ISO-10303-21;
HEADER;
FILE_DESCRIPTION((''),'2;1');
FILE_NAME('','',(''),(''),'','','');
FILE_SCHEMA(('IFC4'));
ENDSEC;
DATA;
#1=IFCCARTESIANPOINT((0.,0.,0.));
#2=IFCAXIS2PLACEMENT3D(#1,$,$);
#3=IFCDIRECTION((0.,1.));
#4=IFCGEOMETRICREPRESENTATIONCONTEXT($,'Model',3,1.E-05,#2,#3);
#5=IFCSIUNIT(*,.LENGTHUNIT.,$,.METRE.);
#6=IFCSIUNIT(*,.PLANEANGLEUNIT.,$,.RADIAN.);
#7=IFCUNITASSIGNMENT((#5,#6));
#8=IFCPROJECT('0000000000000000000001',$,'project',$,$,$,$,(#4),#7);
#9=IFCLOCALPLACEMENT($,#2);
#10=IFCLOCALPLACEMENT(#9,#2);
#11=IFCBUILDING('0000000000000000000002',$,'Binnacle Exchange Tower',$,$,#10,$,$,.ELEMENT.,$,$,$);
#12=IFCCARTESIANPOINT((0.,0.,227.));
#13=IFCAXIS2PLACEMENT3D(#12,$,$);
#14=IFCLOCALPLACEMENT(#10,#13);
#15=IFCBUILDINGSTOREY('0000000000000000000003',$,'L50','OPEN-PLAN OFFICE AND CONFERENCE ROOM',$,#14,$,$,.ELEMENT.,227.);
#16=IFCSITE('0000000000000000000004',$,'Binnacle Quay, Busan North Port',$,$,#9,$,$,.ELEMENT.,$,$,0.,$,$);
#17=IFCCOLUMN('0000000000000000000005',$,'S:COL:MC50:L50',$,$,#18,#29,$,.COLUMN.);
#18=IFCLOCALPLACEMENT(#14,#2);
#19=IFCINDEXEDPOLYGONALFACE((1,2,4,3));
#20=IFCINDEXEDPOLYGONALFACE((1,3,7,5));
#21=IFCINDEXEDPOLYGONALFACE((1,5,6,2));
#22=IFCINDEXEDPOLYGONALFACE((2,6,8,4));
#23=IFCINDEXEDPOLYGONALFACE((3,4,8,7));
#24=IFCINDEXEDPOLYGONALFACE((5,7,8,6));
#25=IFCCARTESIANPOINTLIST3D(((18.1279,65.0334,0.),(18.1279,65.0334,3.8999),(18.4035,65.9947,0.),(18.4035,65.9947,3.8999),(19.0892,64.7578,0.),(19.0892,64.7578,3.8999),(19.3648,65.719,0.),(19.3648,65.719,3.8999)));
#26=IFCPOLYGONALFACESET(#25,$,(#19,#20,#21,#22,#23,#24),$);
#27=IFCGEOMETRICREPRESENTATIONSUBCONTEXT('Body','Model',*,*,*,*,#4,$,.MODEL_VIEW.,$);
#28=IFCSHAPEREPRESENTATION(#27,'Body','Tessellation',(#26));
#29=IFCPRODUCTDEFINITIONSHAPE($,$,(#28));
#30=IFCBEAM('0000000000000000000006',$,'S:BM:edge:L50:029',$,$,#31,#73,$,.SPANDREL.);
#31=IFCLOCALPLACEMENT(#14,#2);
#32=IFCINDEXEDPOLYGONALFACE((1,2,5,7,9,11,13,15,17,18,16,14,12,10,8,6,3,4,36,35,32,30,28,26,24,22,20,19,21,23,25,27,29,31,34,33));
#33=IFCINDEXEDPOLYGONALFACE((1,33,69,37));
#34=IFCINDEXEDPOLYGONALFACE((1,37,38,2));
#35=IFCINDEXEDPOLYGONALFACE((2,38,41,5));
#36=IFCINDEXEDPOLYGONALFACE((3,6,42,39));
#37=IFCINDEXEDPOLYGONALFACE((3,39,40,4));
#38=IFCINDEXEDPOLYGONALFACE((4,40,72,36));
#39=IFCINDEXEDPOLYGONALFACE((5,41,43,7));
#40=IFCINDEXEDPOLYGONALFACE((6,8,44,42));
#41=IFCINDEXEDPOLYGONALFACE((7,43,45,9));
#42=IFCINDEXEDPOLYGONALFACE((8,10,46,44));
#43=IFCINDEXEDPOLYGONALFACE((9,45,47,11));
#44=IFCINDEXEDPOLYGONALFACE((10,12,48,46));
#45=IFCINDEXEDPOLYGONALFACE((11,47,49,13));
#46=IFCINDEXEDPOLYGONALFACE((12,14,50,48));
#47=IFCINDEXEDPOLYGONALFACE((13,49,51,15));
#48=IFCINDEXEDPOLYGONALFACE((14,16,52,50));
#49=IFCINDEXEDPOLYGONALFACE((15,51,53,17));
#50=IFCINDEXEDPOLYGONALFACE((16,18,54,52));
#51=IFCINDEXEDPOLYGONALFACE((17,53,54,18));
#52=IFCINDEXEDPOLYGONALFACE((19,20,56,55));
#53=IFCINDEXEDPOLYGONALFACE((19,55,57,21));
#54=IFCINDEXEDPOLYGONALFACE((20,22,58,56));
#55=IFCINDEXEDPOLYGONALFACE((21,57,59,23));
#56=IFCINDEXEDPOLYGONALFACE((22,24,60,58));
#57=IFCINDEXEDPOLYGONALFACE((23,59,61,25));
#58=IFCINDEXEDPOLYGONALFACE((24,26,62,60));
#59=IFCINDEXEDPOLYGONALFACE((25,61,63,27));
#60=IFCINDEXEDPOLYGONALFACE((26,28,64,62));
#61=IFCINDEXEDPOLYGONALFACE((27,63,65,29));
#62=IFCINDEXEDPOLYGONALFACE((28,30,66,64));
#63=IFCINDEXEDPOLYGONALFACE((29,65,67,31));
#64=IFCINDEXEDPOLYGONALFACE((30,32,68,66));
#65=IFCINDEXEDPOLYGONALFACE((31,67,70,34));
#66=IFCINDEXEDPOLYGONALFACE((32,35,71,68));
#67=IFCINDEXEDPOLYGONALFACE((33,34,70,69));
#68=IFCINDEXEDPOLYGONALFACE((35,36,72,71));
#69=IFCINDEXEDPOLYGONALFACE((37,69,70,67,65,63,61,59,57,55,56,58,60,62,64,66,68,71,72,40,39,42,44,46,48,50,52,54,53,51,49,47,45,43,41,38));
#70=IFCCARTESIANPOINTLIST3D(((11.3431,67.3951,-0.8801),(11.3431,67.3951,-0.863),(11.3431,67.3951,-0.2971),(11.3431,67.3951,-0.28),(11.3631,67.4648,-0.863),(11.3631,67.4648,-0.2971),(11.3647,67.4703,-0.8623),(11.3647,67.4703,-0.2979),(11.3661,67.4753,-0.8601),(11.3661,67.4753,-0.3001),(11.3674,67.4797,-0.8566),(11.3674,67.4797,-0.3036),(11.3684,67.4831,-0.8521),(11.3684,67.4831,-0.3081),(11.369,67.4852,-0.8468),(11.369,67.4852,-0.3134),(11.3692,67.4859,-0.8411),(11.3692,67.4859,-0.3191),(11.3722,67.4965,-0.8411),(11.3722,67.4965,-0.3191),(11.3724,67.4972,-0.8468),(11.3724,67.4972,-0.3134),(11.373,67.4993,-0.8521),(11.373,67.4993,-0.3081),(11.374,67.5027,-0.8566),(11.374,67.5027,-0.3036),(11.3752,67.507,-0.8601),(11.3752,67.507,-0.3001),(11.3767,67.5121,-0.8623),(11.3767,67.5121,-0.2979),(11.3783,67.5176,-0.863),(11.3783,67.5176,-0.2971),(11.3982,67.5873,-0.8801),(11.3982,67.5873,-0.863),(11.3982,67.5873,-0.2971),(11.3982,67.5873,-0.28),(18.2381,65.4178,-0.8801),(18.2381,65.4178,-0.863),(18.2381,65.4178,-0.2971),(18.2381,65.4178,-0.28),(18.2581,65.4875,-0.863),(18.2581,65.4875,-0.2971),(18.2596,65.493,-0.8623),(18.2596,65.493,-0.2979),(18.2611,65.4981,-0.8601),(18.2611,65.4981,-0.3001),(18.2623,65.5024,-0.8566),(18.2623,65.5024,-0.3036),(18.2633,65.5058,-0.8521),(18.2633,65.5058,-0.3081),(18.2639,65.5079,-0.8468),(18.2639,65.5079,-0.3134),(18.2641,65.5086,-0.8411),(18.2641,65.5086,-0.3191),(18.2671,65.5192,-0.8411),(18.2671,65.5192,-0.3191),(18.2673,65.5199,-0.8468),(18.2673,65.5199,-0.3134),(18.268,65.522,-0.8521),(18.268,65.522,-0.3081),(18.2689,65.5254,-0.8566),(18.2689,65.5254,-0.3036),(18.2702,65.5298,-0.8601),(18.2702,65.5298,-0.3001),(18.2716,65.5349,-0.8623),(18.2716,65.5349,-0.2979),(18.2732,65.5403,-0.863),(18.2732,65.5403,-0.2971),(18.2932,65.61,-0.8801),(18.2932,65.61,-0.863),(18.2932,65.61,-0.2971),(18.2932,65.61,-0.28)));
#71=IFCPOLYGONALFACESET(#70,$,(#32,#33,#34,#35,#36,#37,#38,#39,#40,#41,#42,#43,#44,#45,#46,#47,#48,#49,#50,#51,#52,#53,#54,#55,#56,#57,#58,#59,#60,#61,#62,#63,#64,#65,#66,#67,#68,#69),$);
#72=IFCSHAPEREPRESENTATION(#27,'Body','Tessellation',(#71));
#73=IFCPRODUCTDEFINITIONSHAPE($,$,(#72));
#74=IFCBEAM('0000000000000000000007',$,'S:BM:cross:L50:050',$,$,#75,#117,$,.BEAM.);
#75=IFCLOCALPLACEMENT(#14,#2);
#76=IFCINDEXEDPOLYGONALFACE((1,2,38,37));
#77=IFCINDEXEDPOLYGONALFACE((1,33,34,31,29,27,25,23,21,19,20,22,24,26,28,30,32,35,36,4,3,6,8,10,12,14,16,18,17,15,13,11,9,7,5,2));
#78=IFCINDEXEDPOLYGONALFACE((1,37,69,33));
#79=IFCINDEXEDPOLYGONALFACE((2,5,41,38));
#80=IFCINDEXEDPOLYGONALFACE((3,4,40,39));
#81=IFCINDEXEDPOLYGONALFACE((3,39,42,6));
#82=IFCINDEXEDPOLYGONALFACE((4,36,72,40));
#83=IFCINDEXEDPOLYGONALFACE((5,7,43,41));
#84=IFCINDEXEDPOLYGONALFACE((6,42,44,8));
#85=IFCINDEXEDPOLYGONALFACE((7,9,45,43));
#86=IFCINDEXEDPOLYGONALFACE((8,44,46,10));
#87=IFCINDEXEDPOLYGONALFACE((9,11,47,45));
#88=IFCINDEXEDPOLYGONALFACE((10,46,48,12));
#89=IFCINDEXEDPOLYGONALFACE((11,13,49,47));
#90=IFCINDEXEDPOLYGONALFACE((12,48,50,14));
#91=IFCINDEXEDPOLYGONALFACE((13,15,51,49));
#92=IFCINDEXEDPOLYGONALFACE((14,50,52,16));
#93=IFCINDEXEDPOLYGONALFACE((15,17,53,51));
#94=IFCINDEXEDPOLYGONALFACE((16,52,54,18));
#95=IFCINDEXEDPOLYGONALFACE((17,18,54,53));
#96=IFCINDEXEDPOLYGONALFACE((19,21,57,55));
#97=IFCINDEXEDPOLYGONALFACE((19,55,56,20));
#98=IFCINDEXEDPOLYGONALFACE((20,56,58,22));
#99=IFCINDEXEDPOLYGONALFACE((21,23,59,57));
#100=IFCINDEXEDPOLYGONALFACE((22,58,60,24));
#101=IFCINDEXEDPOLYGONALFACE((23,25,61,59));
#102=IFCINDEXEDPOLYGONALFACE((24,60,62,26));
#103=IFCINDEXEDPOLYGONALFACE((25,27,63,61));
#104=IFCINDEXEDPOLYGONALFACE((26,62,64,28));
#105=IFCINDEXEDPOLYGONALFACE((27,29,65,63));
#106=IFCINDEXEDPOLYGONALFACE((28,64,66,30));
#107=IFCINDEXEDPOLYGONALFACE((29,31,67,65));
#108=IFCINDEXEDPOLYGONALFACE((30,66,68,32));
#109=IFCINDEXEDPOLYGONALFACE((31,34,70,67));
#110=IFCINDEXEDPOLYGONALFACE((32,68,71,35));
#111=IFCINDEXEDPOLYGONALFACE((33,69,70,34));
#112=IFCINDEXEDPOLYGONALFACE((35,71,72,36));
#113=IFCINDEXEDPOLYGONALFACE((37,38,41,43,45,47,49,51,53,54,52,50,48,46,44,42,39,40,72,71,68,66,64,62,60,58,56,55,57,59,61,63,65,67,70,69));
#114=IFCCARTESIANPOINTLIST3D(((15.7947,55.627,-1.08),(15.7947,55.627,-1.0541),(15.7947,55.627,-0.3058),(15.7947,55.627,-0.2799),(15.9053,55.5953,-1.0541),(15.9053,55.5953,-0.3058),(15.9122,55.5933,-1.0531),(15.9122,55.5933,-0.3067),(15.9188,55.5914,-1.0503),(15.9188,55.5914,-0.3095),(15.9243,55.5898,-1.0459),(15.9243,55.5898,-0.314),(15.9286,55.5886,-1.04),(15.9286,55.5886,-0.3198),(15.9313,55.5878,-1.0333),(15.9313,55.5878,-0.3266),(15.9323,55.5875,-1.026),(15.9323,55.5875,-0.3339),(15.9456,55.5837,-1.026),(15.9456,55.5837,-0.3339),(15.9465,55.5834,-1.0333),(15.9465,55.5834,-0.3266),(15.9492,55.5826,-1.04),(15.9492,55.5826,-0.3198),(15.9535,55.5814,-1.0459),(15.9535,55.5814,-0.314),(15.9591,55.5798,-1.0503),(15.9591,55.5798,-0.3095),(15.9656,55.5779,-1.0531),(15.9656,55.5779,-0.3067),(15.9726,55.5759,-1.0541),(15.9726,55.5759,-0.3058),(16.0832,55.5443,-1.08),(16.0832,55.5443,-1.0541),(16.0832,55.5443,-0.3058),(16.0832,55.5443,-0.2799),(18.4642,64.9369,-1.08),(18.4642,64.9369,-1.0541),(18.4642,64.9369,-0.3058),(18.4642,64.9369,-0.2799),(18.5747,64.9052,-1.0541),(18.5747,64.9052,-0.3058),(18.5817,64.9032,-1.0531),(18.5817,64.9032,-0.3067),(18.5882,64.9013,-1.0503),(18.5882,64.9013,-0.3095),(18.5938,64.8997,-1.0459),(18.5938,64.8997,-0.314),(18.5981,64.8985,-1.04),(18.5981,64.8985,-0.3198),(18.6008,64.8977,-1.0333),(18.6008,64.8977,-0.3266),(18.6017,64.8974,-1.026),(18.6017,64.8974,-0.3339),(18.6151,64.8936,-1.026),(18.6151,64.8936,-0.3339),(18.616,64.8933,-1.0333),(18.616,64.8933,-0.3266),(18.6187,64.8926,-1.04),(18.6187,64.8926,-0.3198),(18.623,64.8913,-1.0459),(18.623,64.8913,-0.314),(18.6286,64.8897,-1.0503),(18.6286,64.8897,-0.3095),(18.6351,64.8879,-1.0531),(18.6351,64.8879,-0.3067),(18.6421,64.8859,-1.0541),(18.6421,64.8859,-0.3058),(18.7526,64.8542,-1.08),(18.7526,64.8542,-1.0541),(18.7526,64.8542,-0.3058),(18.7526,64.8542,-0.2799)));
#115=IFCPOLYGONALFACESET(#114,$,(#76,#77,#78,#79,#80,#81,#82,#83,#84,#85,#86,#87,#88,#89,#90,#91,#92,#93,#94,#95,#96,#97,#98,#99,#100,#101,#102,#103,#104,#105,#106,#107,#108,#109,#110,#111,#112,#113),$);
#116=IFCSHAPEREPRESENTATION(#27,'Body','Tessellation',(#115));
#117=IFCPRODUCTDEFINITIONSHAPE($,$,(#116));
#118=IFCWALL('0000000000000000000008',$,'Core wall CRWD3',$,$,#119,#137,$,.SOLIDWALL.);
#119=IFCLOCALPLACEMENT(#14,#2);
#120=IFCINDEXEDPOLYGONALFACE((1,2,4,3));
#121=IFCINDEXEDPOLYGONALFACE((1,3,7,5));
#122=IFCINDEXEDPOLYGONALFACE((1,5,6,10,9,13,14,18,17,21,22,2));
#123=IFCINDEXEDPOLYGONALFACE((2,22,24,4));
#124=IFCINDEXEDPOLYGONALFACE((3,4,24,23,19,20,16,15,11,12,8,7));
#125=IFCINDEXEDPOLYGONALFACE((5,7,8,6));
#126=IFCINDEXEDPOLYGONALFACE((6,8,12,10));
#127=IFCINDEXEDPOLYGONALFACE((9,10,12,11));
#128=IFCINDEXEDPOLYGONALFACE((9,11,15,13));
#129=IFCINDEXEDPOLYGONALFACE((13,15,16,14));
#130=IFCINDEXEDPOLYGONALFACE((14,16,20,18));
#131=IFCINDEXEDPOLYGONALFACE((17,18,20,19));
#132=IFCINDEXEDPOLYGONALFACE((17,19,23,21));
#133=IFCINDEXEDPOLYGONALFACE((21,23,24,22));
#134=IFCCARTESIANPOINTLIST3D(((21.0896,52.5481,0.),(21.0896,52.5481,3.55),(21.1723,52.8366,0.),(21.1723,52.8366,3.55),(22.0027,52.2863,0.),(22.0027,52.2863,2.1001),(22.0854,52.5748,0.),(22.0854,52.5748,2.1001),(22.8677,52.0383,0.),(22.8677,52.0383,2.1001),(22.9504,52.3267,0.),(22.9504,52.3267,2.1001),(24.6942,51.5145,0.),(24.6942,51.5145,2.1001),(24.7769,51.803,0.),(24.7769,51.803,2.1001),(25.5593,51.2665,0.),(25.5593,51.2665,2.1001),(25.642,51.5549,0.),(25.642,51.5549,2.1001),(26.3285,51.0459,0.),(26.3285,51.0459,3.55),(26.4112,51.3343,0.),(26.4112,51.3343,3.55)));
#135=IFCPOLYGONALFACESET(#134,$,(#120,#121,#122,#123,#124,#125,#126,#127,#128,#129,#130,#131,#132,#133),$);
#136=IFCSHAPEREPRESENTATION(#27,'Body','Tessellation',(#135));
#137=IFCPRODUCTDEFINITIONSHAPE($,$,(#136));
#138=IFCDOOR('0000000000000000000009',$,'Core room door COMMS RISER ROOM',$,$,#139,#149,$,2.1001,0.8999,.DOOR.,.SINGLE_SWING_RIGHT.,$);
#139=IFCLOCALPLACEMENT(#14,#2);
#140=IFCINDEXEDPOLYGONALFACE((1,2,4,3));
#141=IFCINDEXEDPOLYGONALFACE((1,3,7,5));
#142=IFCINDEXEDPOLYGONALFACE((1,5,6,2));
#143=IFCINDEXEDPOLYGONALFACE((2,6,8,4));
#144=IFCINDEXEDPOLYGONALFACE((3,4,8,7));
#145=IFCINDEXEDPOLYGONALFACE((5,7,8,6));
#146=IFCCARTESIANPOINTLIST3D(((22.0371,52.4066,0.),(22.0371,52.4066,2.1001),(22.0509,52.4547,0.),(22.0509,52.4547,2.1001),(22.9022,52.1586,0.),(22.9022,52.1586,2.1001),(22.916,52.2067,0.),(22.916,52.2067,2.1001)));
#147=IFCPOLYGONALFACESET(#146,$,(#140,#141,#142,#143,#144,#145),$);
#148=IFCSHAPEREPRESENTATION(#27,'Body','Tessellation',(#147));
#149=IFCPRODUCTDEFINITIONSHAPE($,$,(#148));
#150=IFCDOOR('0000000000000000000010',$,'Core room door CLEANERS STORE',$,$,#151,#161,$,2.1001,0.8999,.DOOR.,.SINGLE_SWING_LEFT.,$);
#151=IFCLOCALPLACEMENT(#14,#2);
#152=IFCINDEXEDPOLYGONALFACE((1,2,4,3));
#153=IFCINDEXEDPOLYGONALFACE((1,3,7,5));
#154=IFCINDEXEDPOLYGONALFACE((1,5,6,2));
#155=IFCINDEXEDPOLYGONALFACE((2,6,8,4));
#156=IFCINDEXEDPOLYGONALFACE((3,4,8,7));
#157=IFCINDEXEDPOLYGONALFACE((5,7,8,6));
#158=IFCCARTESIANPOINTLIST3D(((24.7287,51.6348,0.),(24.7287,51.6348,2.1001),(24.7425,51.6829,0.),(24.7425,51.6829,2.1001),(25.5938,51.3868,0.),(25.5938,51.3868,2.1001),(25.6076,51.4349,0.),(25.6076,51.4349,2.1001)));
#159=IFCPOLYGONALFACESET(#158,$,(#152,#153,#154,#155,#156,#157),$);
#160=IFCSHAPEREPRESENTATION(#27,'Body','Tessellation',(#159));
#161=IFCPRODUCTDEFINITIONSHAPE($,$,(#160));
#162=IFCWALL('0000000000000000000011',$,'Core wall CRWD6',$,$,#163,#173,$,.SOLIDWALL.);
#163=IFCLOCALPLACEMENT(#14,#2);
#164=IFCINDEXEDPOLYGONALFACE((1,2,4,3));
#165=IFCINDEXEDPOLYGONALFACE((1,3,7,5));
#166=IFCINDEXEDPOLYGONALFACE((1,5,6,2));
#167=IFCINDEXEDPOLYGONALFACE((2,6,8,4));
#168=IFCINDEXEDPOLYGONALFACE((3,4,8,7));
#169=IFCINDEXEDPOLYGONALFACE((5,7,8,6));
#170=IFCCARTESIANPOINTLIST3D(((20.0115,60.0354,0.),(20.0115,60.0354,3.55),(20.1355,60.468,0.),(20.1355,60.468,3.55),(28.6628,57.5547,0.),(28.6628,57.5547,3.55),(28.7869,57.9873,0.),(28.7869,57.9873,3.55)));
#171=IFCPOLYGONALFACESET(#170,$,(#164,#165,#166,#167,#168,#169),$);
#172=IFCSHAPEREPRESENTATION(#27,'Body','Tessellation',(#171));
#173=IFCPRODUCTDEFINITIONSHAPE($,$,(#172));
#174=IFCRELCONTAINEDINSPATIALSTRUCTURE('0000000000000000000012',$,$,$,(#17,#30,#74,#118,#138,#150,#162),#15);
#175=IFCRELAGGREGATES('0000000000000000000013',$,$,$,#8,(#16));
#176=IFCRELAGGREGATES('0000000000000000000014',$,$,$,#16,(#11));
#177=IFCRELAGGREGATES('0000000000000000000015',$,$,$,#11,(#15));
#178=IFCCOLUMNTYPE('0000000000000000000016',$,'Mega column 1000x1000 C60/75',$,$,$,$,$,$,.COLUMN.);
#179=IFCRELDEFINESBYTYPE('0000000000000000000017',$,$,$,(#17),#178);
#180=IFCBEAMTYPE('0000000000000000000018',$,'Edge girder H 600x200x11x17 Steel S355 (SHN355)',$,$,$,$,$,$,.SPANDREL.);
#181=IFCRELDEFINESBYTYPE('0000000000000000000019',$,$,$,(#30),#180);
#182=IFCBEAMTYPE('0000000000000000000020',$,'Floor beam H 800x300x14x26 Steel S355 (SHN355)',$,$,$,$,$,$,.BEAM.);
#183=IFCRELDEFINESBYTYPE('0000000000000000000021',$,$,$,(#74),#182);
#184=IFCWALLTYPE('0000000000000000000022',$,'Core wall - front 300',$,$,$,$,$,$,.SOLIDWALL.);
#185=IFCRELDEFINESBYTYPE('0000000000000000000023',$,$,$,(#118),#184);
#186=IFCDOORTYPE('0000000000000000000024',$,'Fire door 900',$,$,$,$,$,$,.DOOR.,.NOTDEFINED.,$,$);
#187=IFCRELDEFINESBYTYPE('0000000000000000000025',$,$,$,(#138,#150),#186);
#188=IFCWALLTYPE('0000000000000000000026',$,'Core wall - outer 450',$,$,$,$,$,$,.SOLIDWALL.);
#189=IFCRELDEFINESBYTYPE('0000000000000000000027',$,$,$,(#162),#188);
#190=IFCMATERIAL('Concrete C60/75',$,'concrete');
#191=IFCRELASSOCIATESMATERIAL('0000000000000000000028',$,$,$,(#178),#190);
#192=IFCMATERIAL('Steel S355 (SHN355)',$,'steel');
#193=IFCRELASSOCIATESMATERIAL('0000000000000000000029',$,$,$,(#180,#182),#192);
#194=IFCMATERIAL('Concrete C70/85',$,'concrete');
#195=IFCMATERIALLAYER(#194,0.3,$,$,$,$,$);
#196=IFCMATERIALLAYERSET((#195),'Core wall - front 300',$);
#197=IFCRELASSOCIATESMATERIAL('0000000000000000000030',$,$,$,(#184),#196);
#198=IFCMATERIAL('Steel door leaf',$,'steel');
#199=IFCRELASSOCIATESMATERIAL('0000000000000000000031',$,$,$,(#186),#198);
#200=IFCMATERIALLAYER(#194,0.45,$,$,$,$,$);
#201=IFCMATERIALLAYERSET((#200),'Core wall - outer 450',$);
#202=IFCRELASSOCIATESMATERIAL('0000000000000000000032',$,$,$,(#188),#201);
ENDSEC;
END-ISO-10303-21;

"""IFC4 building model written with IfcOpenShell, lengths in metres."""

from ifc_helpers import new_model, si_unit, direction, frame, frame_2d, origin, origin_2d, place, context, subcontext, project, spatial, rectangle, i_section, extrude, material, layer, layer_set, material_profile, profile_set, type_object, element, fill, save


model = new_model("IFC4")

# Units and contexts
model_context = context("Model", 3, precision=1e-05, world=origin(), true_north=direction((0.0, 1.0)))
body_context = subcontext(model_context, "Body", "Model", "MODEL_VIEW")
ifc_project = project(units=[si_unit("LENGTHUNIT", "METRE"), si_unit("PLANEANGLEUNIT", "RADIAN")], contexts=[model_context])

# Site, building, storey
site_placement = place(None, origin())
site = spatial("IfcSite", under=ifc_project, at=site_placement, Name="Binnacle Quay, Busan North Port", CompositionType="ELEMENT", RefElevation=0.0)
building_placement = place(site_placement, origin())
building = spatial("IfcBuilding", under=site, at=building_placement, Name="Binnacle Exchange Tower", CompositionType="ELEMENT")
storey_placement = place(building_placement, frame((0.0, 0.0, 227.0)))
storey = spatial("IfcBuildingStorey", under=building, at=storey_placement, Name="L50", Description="OPEN-PLAN OFFICE AND CONFERENCE ROOM", CompositionType="ELEMENT", Elevation=227.0)

# Column
ifc_material_1 = material(Name="Concrete C60/75", Category="concrete")
ifc_material_profile_1 = material_profile(ifc_material_1, rectangle(XDim=1.0, YDim=1.0, at=origin_2d()), Name="Mega column 1000x1000 C60/75")
ifc_profile_set_1 = profile_set([ifc_material_profile_1], Name="Concrete C60/75")
column_type = type_object("IfcColumnType", Name="Mega column 1000x1000 C60/75", PredefinedType="COLUMN", material=ifc_profile_set_1)
column_placement = place(storey_placement, frame((18.7463, 65.3762, 0.0), z_axis=(0.0, 0.0, 1.0), x_axis=(-0.961262, 0.275637, 0.0)))
element("IfcColumn", 1, at=column_placement, inside=storey, type_object=column_type, Name="S:COL:MC50:L50", PredefinedType="COLUMN", context=body_context, shape_type="SweptSolid", body=[
    extrude(rectangle(XDim=1.0, YDim=1.0, at=origin_2d()), origin(), (0.0, 0.0, 1.0), 3.8999),
])

# Beams
ifc_material_2 = material(Name="Steel S355 (SHN355)", Category="steel")
ifc_material_profile_2 = material_profile(ifc_material_2, i_section(OverallWidth=0.2, OverallDepth=0.6001, WebThickness=0.011, FlangeThickness=0.0171, FilletRadius=0.022, at=origin_2d()), Name="H 600x200x11x17")
ifc_profile_set_2 = profile_set([ifc_material_profile_2], Name="Steel S355 (SHN355)")
beam_type_1 = type_object("IfcBeamType", Name="Edge girder H 600x200x11x17 Steel S355 (SHN355)", PredefinedType="SPANDREL", material=ifc_profile_set_2)
beam_1_placement = place(storey_placement, frame((18.2656, 65.5139, -0.5801), z_axis=(-0.961255, 0.275661, 0.0), x_axis=(-0.275661, -0.961255, 0.0)))
element("IfcBeam", 2, at=beam_1_placement, inside=storey, type_object=beam_type_1, Name="S:BM:edge:L50:029", PredefinedType="SPANDREL", context=body_context, shape_type="SweptSolid", body=[
    extrude(i_section(OverallWidth=0.2, OverallDepth=0.6001, WebThickness=0.011, FlangeThickness=0.0171, FilletRadius=0.022, at=origin_2d()), origin(), (0.0, 0.0, 1.0), 7.1729),
])
ifc_material_profile_3 = material_profile(ifc_material_2, i_section(OverallWidth=0.3, OverallDepth=0.8, WebThickness=0.0139, FlangeThickness=0.0259, FilletRadius=0.0281, at=origin_2d()), Name="H 800x300x14x26")
ifc_profile_set_3 = profile_set([ifc_material_profile_3], Name="Steel S355 (SHN355)")
beam_type_2 = type_object("IfcBeamType", Name="Floor beam H 800x300x14x26 Steel S355 (SHN355)", PredefinedType="BEAM", material=ifc_profile_set_3)
beam_2_placement = place(storey_placement, frame((18.6084, 64.8955, -0.6799), z_axis=(-0.275627, -0.961265, 0.0), x_axis=(0.961265, -0.275627, 0.0)))
element("IfcBeam", 3, at=beam_2_placement, inside=storey, type_object=beam_type_2, Name="S:BM:cross:L50:050", PredefinedType="BEAM", context=body_context, shape_type="SweptSolid", body=[
    extrude(i_section(OverallWidth=0.3, OverallDepth=0.8, WebThickness=0.0139, FlangeThickness=0.0259, FilletRadius=0.0281, at=origin_2d()), origin(), (0.0, 0.0, 1.0), 9.6851),
])

# Wall, openings, doors
ifc_material_3 = material(Name="Concrete C70/85", Category="concrete")
ifc_layer_1 = layer(ifc_material_3, 0.3)
ifc_layer_set_1 = layer_set([ifc_layer_1], Name="Core wall - front 300")
wall_type_1 = type_object("IfcWallType", Name="Core wall - front 300", PredefinedType="SOLIDWALL", material=ifc_layer_set_1)
wall_1_placement = place(storey_placement, frame((21.1309, 52.6924, 0.0), z_axis=(0.0, 0.0, 1.0), x_axis=(0.961261, -0.275638, 0.0)))
wall_1 = element("IfcWall", 4, at=wall_1_placement, inside=storey, type_object=wall_type_1, Name="Core wall CRWD3", PredefinedType="SOLIDWALL", context=body_context, shape_type="SweptSolid", body=[
    extrude(rectangle(XDim=5.45, YDim=0.3, at=frame_2d((2.7251, 0.0))), origin(), (0.0, 0.0, 1.0), 3.55),
])
opening_1_placement = place(wall_1_placement, frame((0.95, 0.0, 0.0)))
opening_1 = element("IfcOpeningElement", 5, at=opening_1_placement, cuts=wall_1, PredefinedType="OPENING", context=body_context, shape_type="SweptSolid", body=[
    extrude(rectangle(XDim=0.8999, YDim=2.1001, at=frame_2d((0.45, 1.05))), frame((0.0, 0.1599, 0.0), z_axis=(0.0, -1.0, 0.0), x_axis=(1.0, 0.0, 0.0)), (0.0, 0.0, 1.0), 0.3201),
])
opening_2_placement = place(wall_1_placement, frame((3.75, 0.0, 0.0)))
opening_2 = element("IfcOpeningElement", 6, at=opening_2_placement, cuts=wall_1, PredefinedType="OPENING", context=body_context, shape_type="SweptSolid", body=[
    extrude(rectangle(XDim=0.8999, YDim=2.1001, at=frame_2d((0.45, 1.05))), frame((0.0, 0.1599, 0.0), z_axis=(0.0, -1.0, 0.0), x_axis=(1.0, 0.0, 0.0)), (0.0, 0.0, 1.0), 0.3201),
])
ifc_material_4 = material(Name="Steel door leaf", Category="steel")
door_type_1 = type_object("IfcDoorType", Name="Fire door 900", OperationType="NOTDEFINED", PredefinedType="DOOR", material=ifc_material_4)
door_1_placement = place(opening_1_placement, frame((0.8999, 0.0, 0.0), z_axis=(0.0, 0.0, 1.0), x_axis=(-1.0, 0.0, 0.0)))
door_1 = element("IfcDoor", 7, at=door_1_placement, inside=storey, type_object=door_type_1, Name="Core room door COMMS RISER ROOM", OperationType="SINGLE_SWING_RIGHT", OverallHeight=2.1001, OverallWidth=0.8999, PredefinedType="DOOR", context=body_context, shape_type="SweptSolid", body=[
    extrude(rectangle(XDim=0.8999, YDim=2.1001, at=frame_2d((0.45, 1.05))), frame((0.0, 0.0249, 0.0), z_axis=(0.0, -1.0, 0.0), x_axis=(1.0, 0.0, 0.0)), (0.0, 0.0, 1.0), 0.05),
])
fill(opening_1, door_1)
door_2_placement = place(opening_2_placement, frame((0.8999, 0.0, 0.0), z_axis=(0.0, 0.0, 1.0), x_axis=(-1.0, 0.0, 0.0)))
door_2 = element("IfcDoor", 8, at=door_2_placement, inside=storey, type_object=door_type_1, Name="Core room door CLEANERS STORE", OperationType="SINGLE_SWING_LEFT", OverallHeight=2.1001, OverallWidth=0.8999, PredefinedType="DOOR", context=body_context, shape_type="SweptSolid", body=[
    extrude(rectangle(XDim=0.8999, YDim=2.1001, at=frame_2d((0.45, 1.05))), frame((0.0, 0.0249, 0.0), z_axis=(0.0, -1.0, 0.0), x_axis=(1.0, 0.0, 0.0)), (0.0, 0.0, 1.0), 0.05),
])
fill(opening_2, door_2)

# Wall
ifc_layer_2 = layer(ifc_material_3, 0.45)
ifc_layer_set_2 = layer_set([ifc_layer_2], Name="Core wall - outer 450")
wall_type_2 = type_object("IfcWallType", Name="Core wall - outer 450", PredefinedType="SOLIDWALL", material=ifc_layer_set_2)
wall_2_placement = place(storey_placement, frame((20.0735, 60.2517, 0.0), z_axis=(0.0, 0.0, 1.0), x_axis=(0.961262, -0.275635, 0.0)))
element("IfcWall", 9, at=wall_2_placement, inside=storey, type_object=wall_type_2, Name="Core wall CRWD6", PredefinedType="SOLIDWALL", context=body_context, shape_type="SweptSolid", body=[
    extrude(rectangle(XDim=9.0, YDim=0.45, at=frame_2d((4.5, 0.0))), origin(), (0.0, 0.0, 1.0), 3.55),
])

save(model, "model.ifc")
